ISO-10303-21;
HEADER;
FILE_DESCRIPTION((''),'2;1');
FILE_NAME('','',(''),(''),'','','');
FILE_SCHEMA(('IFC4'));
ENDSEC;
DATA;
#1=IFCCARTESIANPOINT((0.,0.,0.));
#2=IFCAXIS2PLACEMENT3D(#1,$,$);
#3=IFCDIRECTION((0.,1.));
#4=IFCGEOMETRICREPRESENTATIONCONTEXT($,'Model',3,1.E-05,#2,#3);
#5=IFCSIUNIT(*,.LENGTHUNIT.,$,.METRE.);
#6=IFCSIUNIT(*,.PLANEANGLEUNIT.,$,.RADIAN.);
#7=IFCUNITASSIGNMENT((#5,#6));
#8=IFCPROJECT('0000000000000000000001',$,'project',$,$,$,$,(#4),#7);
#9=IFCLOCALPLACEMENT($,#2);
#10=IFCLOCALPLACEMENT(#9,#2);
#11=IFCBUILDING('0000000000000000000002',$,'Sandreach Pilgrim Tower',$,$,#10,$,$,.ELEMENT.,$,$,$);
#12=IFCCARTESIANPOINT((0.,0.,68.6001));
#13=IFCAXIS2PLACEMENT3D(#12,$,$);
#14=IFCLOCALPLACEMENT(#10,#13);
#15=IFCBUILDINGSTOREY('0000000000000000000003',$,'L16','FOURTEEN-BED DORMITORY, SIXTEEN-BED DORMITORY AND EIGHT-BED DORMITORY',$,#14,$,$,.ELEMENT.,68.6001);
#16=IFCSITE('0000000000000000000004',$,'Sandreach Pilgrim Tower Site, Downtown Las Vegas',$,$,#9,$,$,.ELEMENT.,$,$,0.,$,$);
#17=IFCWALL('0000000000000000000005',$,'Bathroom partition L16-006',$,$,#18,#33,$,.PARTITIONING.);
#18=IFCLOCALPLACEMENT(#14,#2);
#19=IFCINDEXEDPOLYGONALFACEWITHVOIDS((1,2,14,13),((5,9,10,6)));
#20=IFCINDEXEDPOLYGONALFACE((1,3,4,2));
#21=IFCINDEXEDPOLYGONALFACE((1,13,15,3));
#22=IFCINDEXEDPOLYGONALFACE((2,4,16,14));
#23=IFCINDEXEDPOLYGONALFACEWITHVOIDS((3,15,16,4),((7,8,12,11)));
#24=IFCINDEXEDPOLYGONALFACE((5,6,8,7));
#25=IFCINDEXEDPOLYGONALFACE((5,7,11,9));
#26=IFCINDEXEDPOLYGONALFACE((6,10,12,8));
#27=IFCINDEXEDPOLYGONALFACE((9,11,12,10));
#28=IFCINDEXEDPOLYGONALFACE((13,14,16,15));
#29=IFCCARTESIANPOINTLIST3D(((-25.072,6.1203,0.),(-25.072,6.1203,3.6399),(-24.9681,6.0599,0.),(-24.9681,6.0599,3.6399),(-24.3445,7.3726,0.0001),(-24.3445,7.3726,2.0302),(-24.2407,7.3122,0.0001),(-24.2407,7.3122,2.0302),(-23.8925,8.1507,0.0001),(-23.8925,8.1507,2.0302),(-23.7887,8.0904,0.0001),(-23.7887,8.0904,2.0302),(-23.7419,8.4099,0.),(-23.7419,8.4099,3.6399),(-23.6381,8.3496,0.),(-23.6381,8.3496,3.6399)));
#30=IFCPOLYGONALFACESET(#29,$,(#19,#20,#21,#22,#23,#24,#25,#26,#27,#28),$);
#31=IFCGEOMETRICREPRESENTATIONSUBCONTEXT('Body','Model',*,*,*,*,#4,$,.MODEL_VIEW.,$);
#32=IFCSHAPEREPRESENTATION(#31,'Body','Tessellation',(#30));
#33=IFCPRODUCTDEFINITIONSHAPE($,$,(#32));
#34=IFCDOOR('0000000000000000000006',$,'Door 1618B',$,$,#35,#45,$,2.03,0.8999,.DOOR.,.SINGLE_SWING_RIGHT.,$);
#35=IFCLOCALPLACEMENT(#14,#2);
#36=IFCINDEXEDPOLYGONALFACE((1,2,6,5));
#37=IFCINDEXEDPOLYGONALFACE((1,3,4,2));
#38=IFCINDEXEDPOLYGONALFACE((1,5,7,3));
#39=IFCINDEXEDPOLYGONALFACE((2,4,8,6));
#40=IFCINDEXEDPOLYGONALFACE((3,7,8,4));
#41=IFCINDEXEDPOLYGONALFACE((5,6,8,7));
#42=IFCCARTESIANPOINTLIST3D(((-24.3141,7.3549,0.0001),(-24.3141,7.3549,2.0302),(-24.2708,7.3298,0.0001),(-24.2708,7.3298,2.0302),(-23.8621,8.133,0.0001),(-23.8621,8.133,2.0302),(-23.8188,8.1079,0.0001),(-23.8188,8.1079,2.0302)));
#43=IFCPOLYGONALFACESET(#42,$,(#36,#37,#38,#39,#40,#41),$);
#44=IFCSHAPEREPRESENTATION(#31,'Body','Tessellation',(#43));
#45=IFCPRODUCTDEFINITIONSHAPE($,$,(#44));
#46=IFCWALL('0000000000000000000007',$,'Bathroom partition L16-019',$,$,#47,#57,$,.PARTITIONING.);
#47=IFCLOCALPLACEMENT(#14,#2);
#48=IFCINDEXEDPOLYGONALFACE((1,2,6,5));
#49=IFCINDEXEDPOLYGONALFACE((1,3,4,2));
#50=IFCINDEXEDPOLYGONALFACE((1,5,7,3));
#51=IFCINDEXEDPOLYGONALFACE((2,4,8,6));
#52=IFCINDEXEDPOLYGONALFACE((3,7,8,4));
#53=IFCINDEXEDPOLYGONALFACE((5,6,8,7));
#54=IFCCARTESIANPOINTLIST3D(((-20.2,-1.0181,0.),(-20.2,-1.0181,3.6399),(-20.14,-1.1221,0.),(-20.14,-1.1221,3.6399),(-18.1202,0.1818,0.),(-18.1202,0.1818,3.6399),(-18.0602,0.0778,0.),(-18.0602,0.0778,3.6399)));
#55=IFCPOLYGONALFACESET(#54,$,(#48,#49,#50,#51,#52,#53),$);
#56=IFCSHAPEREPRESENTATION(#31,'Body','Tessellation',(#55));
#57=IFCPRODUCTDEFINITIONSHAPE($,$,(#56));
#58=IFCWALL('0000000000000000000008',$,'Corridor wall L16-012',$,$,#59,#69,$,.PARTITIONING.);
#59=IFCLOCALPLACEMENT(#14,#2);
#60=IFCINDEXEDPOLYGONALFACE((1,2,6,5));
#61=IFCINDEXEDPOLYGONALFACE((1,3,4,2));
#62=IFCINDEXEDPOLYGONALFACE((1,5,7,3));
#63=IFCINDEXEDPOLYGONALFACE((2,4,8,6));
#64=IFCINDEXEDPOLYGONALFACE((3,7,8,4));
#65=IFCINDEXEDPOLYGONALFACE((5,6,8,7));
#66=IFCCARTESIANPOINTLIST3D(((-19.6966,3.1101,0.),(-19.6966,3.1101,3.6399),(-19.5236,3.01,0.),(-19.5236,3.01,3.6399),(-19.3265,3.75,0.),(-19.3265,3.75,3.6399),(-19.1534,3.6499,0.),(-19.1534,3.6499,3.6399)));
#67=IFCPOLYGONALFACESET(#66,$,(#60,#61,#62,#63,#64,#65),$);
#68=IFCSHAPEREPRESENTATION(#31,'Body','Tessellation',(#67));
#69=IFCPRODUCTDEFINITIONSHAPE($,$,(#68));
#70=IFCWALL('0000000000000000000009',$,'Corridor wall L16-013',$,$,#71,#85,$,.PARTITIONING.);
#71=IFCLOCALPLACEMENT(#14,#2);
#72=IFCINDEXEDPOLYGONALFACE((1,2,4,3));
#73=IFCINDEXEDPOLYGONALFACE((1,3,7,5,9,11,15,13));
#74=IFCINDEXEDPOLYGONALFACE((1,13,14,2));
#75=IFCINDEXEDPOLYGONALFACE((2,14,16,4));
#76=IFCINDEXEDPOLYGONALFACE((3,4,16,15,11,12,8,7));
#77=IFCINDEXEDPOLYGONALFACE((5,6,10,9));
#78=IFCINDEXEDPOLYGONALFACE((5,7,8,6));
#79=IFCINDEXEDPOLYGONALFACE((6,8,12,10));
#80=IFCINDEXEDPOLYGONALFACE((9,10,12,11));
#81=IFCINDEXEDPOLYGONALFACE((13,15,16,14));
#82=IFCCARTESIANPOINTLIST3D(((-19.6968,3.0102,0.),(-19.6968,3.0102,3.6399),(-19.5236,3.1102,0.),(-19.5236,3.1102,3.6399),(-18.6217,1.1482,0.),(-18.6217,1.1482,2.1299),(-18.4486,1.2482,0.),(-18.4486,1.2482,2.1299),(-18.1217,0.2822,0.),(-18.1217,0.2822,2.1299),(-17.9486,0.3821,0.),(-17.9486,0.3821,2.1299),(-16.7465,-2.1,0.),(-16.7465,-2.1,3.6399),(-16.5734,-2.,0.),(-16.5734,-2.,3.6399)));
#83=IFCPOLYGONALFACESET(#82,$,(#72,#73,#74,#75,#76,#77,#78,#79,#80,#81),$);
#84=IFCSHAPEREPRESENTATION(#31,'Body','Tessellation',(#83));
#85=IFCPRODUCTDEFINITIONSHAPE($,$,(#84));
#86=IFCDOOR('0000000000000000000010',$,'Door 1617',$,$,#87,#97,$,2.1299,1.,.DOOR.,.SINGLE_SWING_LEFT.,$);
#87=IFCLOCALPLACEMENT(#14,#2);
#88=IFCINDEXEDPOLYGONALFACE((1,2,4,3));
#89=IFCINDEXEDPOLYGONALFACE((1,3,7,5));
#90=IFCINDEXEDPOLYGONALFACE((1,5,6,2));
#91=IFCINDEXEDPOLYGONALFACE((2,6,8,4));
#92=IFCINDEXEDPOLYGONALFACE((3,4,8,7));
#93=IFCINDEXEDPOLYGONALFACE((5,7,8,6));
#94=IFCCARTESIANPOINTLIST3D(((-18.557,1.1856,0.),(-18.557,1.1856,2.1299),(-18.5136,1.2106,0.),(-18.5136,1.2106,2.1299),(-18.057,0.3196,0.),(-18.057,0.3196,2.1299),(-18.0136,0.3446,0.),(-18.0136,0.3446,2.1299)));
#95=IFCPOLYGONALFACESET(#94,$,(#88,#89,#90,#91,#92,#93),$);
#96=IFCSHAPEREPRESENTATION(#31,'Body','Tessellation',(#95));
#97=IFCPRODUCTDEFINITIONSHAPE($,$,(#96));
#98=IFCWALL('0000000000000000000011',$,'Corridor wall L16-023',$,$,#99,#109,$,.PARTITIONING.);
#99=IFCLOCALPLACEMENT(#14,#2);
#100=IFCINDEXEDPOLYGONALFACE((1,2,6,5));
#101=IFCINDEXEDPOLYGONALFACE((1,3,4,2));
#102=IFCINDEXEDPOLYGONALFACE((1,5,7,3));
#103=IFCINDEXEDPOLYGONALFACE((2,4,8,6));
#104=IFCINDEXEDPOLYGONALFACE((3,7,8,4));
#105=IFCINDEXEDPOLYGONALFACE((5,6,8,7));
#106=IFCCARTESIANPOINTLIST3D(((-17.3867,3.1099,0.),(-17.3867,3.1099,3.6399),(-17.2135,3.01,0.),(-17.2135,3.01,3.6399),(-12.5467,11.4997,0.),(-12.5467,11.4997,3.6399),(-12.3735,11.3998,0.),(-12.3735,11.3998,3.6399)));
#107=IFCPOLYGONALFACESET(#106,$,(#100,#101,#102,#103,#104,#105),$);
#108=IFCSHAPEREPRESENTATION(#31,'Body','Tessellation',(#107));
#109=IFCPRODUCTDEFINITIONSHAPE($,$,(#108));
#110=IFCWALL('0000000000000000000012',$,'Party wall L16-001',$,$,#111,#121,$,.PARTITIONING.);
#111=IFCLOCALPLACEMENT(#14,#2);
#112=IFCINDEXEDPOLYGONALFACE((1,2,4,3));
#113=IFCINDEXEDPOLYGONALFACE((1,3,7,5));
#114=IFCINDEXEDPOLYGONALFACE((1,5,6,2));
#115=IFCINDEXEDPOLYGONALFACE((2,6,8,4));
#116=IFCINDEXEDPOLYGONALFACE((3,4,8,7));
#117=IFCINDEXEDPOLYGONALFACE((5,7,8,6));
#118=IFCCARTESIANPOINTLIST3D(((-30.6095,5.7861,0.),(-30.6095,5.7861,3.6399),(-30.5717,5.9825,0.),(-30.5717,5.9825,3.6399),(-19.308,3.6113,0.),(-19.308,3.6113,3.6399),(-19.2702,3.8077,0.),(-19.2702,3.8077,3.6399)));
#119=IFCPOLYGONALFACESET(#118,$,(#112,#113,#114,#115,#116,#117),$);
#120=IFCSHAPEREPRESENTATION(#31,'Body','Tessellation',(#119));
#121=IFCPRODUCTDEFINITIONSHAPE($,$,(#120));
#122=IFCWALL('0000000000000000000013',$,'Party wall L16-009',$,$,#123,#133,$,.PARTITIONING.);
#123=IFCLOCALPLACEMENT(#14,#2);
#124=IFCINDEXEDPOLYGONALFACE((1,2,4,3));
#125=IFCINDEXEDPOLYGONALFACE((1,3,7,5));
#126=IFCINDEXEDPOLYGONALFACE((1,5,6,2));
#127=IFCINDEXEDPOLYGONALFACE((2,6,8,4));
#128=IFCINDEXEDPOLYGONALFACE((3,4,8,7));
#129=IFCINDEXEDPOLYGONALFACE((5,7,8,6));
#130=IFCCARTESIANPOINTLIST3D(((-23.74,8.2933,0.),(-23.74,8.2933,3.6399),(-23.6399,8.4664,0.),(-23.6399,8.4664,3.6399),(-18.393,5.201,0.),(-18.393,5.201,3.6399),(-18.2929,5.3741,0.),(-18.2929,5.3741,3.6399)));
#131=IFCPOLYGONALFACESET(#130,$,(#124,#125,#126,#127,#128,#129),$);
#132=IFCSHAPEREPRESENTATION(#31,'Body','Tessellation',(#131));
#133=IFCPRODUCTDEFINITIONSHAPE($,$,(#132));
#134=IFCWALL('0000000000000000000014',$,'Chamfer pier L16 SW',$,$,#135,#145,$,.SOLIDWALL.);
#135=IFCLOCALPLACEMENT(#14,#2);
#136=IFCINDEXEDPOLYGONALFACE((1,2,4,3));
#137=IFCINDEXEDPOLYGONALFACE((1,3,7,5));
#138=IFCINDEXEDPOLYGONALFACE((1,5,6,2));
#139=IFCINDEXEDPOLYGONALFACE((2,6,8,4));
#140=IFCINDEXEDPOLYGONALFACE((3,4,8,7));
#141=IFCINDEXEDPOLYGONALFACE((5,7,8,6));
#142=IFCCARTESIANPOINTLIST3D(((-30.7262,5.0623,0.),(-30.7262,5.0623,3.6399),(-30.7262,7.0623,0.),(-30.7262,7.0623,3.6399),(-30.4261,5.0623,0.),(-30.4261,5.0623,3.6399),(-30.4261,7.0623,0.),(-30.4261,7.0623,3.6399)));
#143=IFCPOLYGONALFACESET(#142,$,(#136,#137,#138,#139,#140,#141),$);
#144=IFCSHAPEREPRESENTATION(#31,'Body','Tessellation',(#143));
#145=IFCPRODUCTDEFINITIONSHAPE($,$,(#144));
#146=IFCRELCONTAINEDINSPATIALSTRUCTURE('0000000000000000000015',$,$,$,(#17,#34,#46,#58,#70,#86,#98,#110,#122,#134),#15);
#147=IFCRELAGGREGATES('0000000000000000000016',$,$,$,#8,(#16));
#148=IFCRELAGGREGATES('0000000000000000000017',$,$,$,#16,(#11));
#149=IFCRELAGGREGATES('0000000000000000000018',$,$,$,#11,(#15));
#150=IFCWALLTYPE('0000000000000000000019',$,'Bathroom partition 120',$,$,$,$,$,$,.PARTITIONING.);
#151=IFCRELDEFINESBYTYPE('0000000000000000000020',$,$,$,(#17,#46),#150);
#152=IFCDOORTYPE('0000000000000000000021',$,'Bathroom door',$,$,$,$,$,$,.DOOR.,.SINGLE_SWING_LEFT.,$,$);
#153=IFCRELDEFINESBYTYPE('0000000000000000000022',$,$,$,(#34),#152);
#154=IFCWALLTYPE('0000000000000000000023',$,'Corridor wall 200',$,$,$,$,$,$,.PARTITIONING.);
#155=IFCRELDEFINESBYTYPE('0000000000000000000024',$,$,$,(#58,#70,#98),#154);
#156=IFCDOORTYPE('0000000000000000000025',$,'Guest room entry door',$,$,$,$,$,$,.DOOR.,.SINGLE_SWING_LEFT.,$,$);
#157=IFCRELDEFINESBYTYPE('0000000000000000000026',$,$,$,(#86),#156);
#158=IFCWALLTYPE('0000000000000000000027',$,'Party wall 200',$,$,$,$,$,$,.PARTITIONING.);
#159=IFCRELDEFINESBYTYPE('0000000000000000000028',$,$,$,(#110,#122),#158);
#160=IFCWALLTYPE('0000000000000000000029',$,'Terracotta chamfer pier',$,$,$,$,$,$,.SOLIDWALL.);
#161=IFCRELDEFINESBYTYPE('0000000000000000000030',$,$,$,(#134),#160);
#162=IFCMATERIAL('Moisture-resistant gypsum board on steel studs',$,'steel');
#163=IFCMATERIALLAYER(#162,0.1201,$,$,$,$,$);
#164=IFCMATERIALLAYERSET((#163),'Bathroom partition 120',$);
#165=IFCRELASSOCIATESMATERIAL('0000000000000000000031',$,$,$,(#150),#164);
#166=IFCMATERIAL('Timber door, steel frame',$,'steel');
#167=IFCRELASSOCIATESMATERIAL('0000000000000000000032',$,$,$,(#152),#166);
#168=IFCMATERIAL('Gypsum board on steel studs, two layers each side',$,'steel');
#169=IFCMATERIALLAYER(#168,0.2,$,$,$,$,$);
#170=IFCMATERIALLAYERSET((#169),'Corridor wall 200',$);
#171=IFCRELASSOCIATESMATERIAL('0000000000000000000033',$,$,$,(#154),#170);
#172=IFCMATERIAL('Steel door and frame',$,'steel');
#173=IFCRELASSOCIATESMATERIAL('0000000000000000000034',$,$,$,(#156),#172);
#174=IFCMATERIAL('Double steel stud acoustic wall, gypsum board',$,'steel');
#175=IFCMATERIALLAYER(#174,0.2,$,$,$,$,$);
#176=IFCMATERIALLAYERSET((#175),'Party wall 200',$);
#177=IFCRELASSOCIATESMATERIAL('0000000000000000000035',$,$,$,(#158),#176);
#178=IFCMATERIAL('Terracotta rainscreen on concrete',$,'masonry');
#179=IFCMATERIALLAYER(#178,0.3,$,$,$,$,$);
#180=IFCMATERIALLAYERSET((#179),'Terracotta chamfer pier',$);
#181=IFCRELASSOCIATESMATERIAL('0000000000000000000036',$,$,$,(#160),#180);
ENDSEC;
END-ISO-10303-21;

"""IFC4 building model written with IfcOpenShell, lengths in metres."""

from ifc_helpers import new_model, si_unit, direction, frame, frame_2d, origin, place, context, subcontext, project, spatial, rectangle, extrude, material, layer, layer_set, type_object, element, fill, save


model = new_model("IFC4")

# Units and contexts
model_context = context("Model", 3, precision=1e-05, world=origin(), true_north=direction((0.0, 1.0)))
body_context = subcontext(model_context, "Body", "Model", "MODEL_VIEW")
ifc_project = project(units=[si_unit("LENGTHUNIT", "METRE"), si_unit("PLANEANGLEUNIT", "RADIAN")], contexts=[model_context])

# Site, building, storey
site_placement = place(None, origin())
site = spatial("IfcSite", under=ifc_project, at=site_placement, Name="Sandreach Pilgrim Tower Site, Downtown Las Vegas", CompositionType="ELEMENT", RefElevation=0.0)
building_placement = place(site_placement, origin())
building = spatial("IfcBuilding", under=site, at=building_placement, Name="Sandreach Pilgrim Tower", CompositionType="ELEMENT")
storey_placement = place(building_placement, frame((0.0, 0.0, 68.6001)))
storey = spatial("IfcBuildingStorey", under=building, at=storey_placement, Name="L16", Description="FOURTEEN-BED DORMITORY, SIXTEEN-BED DORMITORY AND EIGHT-BED DORMITORY", CompositionType="ELEMENT", Elevation=68.6001)

# Shared definitions
ifc_material_1 = material(Name="Moisture-resistant gypsum board on steel studs", Category="steel")
ifc_layer_1 = layer(ifc_material_1, 0.1201)
ifc_layer_set_1 = layer_set([ifc_layer_1], Name="Bathroom partition 120")
wall_type_1 = type_object("IfcWallType", Name="Bathroom partition 120", PredefinedType="PARTITIONING", material=ifc_layer_set_1)

# Wall, opening, door
wall_1_placement = place(storey_placement, frame((-25.02, 6.0901, 0.0), z_axis=(0.0, 0.0, 1.0), x_axis=(0.502282, 0.864704, 0.0)))
wall_1 = element("IfcWall", 1, at=wall_1_placement, inside=storey, type_object=wall_type_1, Name="Bathroom partition L16-006", PredefinedType="PARTITIONING", context=body_context, shape_type="SweptSolid", body=[
    extrude(rectangle(XDim=2.6479, YDim=0.1201, at=frame_2d((1.324, 0.0))), origin(), (0.0, 0.0, 1.0), 3.6399),
])
opening_1_placement = place(wall_1_placement, frame((1.4482, 0.0, 0.0)))
opening_1 = element("IfcOpeningElement", 2, at=opening_1_placement, cuts=wall_1, PredefinedType="OPENING", context=body_context, shape_type="SweptSolid", body=[
    extrude(rectangle(XDim=0.8999, YDim=2.03, at=frame_2d((0.45, 1.0151))), frame((0.0, 0.0601, 0.0), z_axis=(0.0, -1.0, 0.0), x_axis=(1.0, 0.0, 0.0)), (0.0, 0.0, 1.0), 0.1201),
])
ifc_material_2 = material(Name="Timber door, steel frame", Category="steel")
door_type_1 = type_object("IfcDoorType", Name="Bathroom door", OperationType="SINGLE_SWING_LEFT", PredefinedType="DOOR", material=ifc_material_2)
door_1_placement = place(opening_1_placement, origin())
door_1 = element("IfcDoor", 3, at=door_1_placement, inside=storey, type_object=door_type_1, Name="Door 1618B", OperationType="SINGLE_SWING_RIGHT", OverallHeight=2.03, OverallWidth=0.8999, PredefinedType="DOOR", context=body_context, shape_type="SweptSolid", body=[
    extrude(rectangle(XDim=0.8999, YDim=2.03, at=frame_2d((0.45, 1.0151))), frame((0.0, 0.0249, 0.0), z_axis=(0.0, -1.0, 0.0), x_axis=(1.0, 0.0, 0.0)), (0.0, 0.0, 1.0), 0.05),
])
fill(opening_1, door_1)

# Walls
wall_2_placement = place(storey_placement, frame((-18.0901, 0.1299, 0.0), z_axis=(0.0, 0.0, 1.0), x_axis=(-0.866177, -0.499737, 0.0)))
element("IfcWall", 4, at=wall_2_placement, inside=storey, type_object=wall_type_1, Name="Bathroom partition L16-019", PredefinedType="PARTITIONING", context=body_context, shape_type="SweptSolid", body=[
    extrude(rectangle(XDim=2.4011, YDim=0.1201, at=frame_2d((1.2007, 0.0))), origin(), (0.0, 0.0, 1.0), 3.6399),
])
ifc_material_3 = material(Name="Gypsum board on steel studs, two layers each side", Category="steel")
ifc_layer_2 = layer(ifc_material_3, 0.2)
ifc_layer_set_2 = layer_set([ifc_layer_2], Name="Corridor wall 200")
wall_type_2 = type_object("IfcWallType", Name="Corridor wall 200", PredefinedType="PARTITIONING", material=ifc_layer_set_2)
wall_3_placement = place(storey_placement, frame((-19.6101, 3.0601, 0.0), z_axis=(0.0, 0.0, 1.0), x_axis=(0.500685, 0.86563, 0.0)))
element("IfcWall", 5, at=wall_3_placement, inside=storey, type_object=wall_type_2, Name="Corridor wall L16-012", PredefinedType="PARTITIONING", context=body_context, shape_type="SweptSolid", body=[
    extrude(rectangle(XDim=0.7393, YDim=0.2, at=frame_2d((0.3696, 0.0))), origin(), (0.0, 0.0, 1.0), 3.6399),
])

# Wall, opening, door
wall_4_placement = place(storey_placement, frame((-19.6101, 3.0601, 0.0), z_axis=(0.0, 0.0, 1.0), x_axis=(0.499984, -0.866035, 0.0)))
wall_4 = element("IfcWall", 6, at=wall_4_placement, inside=storey, type_object=wall_type_2, Name="Corridor wall L16-013", PredefinedType="PARTITIONING", context=body_context, shape_type="SweptSolid", body=[
    extrude(rectangle(XDim=5.9006, YDim=0.2, at=frame_2d((2.9502, 0.0))), origin(), (0.0, 0.0, 1.0), 3.6399),
])
opening_2_placement = place(wall_4_placement, frame((2.1499, 0.0, 0.0)))
opening_2 = element("IfcOpeningElement", 7, at=opening_2_placement, cuts=wall_4, PredefinedType="OPENING", context=body_context, shape_type="SweptSolid", body=[
    extrude(rectangle(XDim=1.0, YDim=2.1299, at=frame_2d((0.5, 1.0649))), frame((0.0, 0.1001, 0.0), z_axis=(0.0, -1.0, 0.0), x_axis=(1.0, 0.0, 0.0)), (0.0, 0.0, 1.0), 0.2),
])
ifc_material_4 = material(Name="Steel door and frame", Category="steel")
door_type_2 = type_object("IfcDoorType", Name="Guest room entry door", OperationType="SINGLE_SWING_LEFT", PredefinedType="DOOR", material=ifc_material_4)
door_2_placement = place(opening_2_placement, origin())
door_2 = element("IfcDoor", 8, at=door_2_placement, inside=storey, type_object=door_type_2, Name="Door 1617", OperationType="SINGLE_SWING_LEFT", OverallHeight=2.1299, OverallWidth=1.0, PredefinedType="DOOR", context=body_context, shape_type="SweptSolid", body=[
    extrude(rectangle(XDim=1.0, YDim=2.1299, at=frame_2d((0.5, 1.0649))), frame((0.0, 0.0249, 0.0), z_axis=(0.0, -1.0, 0.0), x_axis=(1.0, 0.0, 0.0)), (0.0, 0.0, 1.0), 0.05),
])
fill(opening_2, door_2)

# Walls
wall_5_placement = place(storey_placement, frame((-17.3, 3.0601, 0.0), z_axis=(0.0, 0.0, 1.0), x_axis=(0.499704, 0.866196, 0.0)))
element("IfcWall", 9, at=wall_5_placement, inside=storey, type_object=wall_type_2, Name="Corridor wall L16-023", PredefinedType="PARTITIONING", context=body_context, shape_type="SweptSolid", body=[
    extrude(rectangle(XDim=9.6858, YDim=0.2, at=frame_2d((4.8428, 0.0))), origin(), (0.0, 0.0, 1.0), 3.6399),
])
ifc_material_5 = material(Name="Double steel stud acoustic wall, gypsum board", Category="steel")
ifc_layer_3 = layer(ifc_material_5, 0.2)
ifc_layer_set_3 = layer_set([ifc_layer_3], Name="Party wall 200")
wall_type_3 = type_object("IfcWallType", Name="Party wall 200", PredefinedType="PARTITIONING", material=ifc_layer_set_3)
wall_6_placement = place(storey_placement, frame((-30.5906, 5.8843, 0.0), z_axis=(0.0, 0.0, 1.0), x_axis=(0.981983, -0.188968, 0.0)))
element("IfcWall", 10, at=wall_6_placement, inside=storey, type_object=wall_type_3, Name="Party wall L16-001", PredefinedType="PARTITIONING", context=body_context, shape_type="SweptSolid", body=[
    extrude(rectangle(XDim=11.5088, YDim=0.2, at=frame_2d((5.7544, 0.0))), origin(), (0.0, 0.0, 1.0), 3.6399),
])
wall_7_placement = place(storey_placement, frame((-23.6899, 8.3799, 0.0), z_axis=(0.0, 0.0, 1.0), x_axis=(0.865658, -0.500636, 0.0)))
element("IfcWall", 11, at=wall_7_placement, inside=storey, type_object=wall_type_3, Name="Party wall L16-009", PredefinedType="PARTITIONING", context=body_context, shape_type="SweptSolid", body=[
    extrude(rectangle(XDim=6.1768, YDim=0.2, at=frame_2d((3.0884, 0.0))), origin(), (0.0, 0.0, 1.0), 3.6399),
])
ifc_material_6 = material(Name="Terracotta rainscreen on concrete", Category="masonry")
ifc_layer_4 = layer(ifc_material_6, 0.3)
ifc_layer_set_4 = layer_set([ifc_layer_4], Name="Terracotta chamfer pier")
wall_type_4 = type_object("IfcWallType", Name="Terracotta chamfer pier", PredefinedType="SOLIDWALL", material=ifc_layer_set_4)
wall_8_placement = place(storey_placement, frame((-30.5762, 5.0623, 0.0), z_axis=(0.0, 0.0, 1.0), x_axis=(0.0, 1.0, 0.0)))
element("IfcWall", 12, at=wall_8_placement, inside=storey, type_object=wall_type_4, Name="Chamfer pier L16 SW", PredefinedType="SOLIDWALL", context=body_context, shape_type="SweptSolid", body=[
    extrude(rectangle(XDim=2.0, YDim=0.3, at=frame_2d((1.0, 0.0))), origin(), (0.0, 0.0, 1.0), 3.6399),
])

save(model, "model.ifc")
